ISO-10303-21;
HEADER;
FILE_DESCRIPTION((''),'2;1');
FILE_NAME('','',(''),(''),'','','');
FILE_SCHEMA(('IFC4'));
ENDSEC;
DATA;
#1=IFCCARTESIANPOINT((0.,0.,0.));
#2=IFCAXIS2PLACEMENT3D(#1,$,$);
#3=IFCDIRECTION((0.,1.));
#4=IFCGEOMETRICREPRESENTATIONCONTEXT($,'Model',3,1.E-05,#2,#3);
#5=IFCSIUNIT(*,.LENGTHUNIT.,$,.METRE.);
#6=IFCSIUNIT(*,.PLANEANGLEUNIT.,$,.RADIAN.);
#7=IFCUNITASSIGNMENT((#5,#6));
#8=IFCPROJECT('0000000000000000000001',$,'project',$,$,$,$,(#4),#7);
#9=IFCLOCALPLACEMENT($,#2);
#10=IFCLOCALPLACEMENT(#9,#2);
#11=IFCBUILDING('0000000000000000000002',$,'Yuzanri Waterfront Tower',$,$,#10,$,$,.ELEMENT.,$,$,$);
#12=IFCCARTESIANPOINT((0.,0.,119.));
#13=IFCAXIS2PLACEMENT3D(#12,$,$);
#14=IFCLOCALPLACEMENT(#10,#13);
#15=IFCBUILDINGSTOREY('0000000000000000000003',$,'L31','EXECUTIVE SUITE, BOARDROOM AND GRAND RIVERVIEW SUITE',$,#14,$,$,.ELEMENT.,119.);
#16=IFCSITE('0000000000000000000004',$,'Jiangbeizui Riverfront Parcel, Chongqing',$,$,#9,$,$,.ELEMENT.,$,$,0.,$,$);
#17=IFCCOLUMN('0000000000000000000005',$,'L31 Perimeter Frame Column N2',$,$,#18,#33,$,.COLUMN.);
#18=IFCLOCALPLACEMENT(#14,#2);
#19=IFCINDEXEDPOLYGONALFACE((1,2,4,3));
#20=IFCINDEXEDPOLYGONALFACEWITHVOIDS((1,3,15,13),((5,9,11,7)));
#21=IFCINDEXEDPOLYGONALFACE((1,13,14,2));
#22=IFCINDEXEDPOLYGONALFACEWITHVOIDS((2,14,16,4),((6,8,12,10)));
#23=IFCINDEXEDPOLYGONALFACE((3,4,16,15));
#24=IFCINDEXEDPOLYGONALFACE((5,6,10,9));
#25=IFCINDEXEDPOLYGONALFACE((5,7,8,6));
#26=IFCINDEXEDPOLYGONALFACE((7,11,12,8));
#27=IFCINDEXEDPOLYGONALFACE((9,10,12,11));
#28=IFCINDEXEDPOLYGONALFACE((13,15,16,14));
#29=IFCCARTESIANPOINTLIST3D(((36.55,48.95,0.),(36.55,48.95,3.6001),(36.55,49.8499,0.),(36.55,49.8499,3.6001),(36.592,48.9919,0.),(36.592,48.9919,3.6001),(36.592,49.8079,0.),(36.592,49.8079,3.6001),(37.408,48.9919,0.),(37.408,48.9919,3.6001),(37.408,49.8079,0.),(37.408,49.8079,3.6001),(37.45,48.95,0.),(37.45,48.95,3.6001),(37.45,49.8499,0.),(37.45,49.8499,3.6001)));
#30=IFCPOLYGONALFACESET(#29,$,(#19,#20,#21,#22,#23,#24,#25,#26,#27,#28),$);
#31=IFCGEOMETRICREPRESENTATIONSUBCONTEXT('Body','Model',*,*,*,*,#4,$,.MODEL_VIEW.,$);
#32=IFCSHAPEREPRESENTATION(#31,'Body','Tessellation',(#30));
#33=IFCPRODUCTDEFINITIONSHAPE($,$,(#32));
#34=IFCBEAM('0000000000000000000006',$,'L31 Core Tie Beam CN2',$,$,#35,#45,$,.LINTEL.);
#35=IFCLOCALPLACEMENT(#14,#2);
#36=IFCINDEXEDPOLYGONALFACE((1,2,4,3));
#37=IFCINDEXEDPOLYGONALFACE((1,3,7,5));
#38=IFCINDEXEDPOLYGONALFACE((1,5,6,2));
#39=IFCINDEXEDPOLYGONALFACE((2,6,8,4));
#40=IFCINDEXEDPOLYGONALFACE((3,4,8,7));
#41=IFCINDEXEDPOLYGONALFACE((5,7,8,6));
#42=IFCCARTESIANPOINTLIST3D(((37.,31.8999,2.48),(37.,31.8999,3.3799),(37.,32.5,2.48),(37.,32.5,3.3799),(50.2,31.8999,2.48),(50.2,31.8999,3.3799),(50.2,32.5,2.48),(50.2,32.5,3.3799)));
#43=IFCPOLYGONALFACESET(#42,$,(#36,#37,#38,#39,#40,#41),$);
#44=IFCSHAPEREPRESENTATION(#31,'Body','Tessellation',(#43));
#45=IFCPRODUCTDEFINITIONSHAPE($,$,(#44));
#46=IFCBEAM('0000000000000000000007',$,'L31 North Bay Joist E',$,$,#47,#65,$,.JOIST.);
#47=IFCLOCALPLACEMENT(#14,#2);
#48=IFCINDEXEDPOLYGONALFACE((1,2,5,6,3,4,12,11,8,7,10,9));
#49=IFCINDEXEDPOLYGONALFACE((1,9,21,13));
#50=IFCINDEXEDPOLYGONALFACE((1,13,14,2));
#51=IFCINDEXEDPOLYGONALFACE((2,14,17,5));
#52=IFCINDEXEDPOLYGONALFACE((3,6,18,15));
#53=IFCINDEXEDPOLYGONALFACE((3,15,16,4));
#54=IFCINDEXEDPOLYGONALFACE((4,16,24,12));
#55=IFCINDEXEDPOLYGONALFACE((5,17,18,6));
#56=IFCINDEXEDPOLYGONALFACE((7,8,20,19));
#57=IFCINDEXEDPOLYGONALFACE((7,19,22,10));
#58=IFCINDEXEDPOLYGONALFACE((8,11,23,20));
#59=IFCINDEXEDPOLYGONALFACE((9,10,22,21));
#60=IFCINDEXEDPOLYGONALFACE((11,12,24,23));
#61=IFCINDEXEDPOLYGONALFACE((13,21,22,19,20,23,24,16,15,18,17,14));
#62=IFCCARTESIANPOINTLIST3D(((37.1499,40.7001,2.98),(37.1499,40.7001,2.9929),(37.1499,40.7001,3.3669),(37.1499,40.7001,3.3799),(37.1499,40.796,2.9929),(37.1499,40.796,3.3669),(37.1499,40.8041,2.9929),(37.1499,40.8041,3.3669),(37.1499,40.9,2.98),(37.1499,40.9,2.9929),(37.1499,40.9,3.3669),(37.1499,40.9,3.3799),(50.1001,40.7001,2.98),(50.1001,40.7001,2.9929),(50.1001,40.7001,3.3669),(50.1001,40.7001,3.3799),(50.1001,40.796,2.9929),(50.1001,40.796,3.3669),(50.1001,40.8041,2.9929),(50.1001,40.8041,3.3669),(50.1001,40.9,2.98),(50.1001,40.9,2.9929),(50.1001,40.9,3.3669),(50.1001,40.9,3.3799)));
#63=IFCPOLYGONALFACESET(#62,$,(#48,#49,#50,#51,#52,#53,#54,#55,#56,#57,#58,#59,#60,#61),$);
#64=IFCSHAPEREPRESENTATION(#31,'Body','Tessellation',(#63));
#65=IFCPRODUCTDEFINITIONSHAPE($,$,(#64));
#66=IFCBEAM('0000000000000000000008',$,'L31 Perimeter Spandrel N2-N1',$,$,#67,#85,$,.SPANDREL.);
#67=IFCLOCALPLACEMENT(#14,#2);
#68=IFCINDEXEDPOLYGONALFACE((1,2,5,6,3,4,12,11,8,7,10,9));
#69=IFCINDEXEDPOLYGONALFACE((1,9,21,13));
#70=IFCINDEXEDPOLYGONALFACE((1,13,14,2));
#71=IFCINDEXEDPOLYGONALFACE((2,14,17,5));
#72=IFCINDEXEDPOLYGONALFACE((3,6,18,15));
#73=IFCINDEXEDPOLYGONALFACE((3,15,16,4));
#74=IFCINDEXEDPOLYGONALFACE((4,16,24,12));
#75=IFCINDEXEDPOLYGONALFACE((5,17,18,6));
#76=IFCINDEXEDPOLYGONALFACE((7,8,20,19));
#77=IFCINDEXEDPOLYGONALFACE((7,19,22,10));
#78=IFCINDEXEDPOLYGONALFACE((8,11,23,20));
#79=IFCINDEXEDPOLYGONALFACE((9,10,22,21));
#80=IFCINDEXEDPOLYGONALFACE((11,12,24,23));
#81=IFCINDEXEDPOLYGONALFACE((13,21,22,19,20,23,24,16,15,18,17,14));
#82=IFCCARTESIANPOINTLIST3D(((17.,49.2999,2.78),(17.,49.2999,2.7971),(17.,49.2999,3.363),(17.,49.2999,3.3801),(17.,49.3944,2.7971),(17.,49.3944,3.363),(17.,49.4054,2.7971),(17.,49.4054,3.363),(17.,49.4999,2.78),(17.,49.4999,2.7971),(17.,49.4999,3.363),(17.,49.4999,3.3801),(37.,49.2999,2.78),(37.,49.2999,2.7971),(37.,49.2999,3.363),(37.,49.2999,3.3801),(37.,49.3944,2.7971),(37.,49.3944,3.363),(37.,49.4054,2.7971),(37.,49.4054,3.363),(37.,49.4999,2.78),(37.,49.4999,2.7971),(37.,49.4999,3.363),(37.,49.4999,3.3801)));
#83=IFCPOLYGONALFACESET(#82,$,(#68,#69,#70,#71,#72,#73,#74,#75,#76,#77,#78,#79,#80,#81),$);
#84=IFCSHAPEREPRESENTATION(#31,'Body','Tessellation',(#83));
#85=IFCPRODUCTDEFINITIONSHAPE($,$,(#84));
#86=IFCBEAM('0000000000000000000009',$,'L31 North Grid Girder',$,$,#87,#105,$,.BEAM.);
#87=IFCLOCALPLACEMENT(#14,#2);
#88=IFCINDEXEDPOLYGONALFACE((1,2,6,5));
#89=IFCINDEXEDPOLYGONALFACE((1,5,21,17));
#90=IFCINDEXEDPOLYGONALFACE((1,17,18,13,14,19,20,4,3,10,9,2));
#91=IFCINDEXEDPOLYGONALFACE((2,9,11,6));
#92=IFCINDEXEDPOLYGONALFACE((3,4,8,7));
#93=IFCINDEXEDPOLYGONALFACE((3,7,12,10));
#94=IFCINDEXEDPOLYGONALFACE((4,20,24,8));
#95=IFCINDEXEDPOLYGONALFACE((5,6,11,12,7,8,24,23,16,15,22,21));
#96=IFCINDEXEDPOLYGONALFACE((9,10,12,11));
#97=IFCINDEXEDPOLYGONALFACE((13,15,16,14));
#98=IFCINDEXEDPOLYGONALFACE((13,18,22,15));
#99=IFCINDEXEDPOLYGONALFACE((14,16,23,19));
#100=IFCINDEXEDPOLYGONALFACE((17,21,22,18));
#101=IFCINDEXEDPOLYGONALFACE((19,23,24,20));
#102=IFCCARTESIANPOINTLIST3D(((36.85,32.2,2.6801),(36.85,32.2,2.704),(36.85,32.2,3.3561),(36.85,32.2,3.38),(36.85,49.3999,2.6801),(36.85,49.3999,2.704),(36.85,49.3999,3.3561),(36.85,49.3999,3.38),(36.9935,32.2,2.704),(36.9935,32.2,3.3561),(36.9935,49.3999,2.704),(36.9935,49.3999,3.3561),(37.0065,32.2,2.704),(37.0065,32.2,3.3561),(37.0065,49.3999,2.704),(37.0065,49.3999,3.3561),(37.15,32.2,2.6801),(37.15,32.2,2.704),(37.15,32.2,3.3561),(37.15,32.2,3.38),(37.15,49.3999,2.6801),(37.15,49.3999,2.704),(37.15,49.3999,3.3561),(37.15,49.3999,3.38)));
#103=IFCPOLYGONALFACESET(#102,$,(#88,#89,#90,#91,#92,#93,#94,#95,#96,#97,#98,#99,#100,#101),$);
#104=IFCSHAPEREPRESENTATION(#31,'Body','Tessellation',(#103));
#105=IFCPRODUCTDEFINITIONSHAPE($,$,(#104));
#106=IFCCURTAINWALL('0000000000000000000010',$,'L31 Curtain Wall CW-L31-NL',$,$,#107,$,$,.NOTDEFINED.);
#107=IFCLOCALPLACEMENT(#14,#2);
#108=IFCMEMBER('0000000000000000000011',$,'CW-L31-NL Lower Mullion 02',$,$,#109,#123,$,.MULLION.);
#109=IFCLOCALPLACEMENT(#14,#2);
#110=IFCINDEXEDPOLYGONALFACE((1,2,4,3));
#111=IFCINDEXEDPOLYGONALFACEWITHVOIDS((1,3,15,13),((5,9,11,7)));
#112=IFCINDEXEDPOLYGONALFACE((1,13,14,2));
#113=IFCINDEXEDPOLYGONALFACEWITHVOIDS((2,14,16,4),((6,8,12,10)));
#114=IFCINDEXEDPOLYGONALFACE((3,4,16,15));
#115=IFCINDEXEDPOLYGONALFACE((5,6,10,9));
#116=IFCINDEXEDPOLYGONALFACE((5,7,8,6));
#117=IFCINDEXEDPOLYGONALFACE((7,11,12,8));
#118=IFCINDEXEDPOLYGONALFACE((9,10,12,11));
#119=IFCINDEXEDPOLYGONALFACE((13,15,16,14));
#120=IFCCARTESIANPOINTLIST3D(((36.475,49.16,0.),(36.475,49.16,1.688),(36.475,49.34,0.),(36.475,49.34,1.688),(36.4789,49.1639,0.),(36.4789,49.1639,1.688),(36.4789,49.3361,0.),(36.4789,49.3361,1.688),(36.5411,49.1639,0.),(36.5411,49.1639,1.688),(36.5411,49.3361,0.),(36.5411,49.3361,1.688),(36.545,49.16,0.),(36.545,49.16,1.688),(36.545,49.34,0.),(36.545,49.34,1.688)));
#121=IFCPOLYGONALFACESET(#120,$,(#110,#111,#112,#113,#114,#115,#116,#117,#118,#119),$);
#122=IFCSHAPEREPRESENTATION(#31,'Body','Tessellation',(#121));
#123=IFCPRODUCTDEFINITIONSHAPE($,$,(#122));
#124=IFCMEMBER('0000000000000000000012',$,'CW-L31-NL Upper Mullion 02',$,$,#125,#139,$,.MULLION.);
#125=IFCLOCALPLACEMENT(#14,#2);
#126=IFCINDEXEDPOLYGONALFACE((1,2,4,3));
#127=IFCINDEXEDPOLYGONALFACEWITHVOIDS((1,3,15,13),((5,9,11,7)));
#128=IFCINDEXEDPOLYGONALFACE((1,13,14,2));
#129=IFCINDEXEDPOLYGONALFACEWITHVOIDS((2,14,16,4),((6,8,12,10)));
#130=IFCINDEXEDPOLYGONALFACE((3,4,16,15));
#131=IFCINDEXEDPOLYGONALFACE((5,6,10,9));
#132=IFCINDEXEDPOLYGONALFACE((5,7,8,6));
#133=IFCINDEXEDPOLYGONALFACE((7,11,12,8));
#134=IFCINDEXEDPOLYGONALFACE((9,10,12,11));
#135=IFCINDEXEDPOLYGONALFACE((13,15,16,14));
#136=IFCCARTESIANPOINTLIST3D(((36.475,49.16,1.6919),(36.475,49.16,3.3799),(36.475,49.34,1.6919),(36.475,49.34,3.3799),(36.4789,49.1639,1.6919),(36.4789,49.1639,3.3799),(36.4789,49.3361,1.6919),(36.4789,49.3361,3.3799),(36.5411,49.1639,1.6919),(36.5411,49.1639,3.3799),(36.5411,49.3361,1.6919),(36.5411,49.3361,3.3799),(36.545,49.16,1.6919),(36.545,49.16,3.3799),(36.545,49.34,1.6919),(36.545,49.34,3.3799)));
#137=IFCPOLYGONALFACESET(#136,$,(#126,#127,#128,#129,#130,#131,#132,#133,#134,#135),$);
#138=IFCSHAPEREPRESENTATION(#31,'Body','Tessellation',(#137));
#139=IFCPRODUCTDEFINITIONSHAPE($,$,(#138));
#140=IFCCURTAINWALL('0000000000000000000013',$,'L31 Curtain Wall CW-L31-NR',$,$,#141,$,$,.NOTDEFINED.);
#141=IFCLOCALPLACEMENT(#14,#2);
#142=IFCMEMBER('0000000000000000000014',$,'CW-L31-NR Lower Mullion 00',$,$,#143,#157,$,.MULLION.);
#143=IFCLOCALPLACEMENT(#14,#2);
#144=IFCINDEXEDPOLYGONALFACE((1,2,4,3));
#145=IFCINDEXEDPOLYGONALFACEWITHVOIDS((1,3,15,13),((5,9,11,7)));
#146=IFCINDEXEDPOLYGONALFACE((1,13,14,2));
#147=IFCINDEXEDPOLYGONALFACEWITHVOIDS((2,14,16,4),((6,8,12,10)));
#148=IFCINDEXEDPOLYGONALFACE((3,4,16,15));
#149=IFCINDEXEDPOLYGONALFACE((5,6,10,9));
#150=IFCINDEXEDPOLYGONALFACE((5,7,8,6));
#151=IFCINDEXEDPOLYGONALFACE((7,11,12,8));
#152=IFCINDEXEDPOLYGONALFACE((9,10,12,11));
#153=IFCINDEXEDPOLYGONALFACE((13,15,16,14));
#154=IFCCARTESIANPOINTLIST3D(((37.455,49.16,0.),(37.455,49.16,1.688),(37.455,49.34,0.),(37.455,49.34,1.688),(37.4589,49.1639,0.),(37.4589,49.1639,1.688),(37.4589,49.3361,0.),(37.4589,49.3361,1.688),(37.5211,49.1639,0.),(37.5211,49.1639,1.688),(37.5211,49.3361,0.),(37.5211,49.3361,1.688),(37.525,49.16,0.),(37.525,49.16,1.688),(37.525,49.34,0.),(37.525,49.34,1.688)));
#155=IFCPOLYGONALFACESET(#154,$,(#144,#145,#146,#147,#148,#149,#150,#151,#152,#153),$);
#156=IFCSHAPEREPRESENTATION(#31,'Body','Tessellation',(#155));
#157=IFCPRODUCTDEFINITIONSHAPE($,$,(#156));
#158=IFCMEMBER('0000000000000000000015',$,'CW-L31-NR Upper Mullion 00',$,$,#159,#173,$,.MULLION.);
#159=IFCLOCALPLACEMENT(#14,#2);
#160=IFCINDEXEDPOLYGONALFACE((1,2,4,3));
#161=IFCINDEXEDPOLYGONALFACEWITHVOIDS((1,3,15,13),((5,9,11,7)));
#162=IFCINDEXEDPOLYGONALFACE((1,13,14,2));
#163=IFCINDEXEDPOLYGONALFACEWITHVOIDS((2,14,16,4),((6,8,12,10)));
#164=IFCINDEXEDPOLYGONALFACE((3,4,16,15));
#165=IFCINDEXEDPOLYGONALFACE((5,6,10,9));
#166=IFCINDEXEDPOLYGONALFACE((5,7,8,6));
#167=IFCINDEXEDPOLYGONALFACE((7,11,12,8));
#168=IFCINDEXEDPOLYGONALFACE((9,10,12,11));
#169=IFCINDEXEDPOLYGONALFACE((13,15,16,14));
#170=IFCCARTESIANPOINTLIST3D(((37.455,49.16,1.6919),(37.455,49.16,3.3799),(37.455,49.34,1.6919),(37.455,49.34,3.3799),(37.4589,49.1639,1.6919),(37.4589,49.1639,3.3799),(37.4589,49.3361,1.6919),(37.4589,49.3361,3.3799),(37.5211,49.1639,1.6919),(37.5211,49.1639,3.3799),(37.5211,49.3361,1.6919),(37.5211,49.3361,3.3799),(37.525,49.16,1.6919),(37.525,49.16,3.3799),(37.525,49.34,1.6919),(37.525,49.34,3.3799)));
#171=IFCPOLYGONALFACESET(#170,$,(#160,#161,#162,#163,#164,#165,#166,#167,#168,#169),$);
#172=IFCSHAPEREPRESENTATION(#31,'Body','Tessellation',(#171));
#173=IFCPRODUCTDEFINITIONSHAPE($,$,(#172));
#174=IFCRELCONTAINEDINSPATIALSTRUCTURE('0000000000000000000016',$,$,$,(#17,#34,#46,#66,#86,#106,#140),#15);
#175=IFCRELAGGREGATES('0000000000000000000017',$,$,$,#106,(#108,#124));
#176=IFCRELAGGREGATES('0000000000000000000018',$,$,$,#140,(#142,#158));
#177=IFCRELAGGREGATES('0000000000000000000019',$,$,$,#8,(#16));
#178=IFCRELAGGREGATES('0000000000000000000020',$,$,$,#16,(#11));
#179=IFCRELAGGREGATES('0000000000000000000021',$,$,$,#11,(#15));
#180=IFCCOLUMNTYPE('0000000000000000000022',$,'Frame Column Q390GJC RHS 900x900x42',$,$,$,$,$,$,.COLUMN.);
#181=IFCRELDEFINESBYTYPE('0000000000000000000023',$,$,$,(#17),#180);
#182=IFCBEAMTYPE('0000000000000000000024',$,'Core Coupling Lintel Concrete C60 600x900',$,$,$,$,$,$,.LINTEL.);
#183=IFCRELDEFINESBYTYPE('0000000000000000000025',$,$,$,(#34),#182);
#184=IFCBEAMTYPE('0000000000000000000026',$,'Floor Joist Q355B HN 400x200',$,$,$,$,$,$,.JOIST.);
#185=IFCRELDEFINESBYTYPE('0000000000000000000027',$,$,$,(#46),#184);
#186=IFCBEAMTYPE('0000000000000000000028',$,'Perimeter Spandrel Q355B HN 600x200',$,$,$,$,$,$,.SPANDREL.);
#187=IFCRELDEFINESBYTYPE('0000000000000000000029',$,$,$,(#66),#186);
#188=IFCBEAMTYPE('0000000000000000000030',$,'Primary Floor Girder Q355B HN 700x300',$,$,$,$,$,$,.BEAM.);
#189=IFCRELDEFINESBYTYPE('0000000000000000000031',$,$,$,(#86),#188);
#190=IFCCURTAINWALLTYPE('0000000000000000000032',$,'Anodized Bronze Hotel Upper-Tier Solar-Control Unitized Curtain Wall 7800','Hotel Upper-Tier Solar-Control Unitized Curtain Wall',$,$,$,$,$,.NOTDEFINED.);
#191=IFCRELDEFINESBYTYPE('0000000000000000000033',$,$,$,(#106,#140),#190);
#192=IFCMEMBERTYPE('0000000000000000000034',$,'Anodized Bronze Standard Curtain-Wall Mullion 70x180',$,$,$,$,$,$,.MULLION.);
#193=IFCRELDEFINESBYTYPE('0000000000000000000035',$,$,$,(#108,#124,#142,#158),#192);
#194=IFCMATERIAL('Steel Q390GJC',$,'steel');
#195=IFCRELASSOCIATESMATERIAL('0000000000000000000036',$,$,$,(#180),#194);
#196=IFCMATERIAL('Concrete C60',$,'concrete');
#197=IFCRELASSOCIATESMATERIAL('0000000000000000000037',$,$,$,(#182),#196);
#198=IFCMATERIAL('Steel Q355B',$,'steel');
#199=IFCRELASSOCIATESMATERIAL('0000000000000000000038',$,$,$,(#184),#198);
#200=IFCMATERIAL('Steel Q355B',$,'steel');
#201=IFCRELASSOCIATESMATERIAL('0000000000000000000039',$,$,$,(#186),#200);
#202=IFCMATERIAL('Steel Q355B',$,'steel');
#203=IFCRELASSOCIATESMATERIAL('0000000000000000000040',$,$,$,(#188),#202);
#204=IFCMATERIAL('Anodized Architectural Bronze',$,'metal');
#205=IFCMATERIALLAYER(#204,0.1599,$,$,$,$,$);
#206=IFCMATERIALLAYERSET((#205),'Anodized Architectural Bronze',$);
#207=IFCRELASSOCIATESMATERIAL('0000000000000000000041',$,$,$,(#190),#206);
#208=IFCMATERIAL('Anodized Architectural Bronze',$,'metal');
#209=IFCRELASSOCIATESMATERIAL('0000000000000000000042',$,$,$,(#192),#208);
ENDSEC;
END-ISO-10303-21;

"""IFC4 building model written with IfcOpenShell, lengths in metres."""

from ifc_helpers import new_model, si_unit, direction, frame, origin, origin_2d, place, context, subcontext, project, spatial, rectangle, hollow_rectangle, i_section, extrude, source, transform, mapped, material, layer, layer_set, material_profile, profile_set, type_object, element, aggregate, save


model = new_model("IFC4")

# Units and contexts
model_context = context("Model", 3, precision=1e-05, world=origin(), true_north=direction((0.0, 1.0)))
body_context = subcontext(model_context, "Body", "Model", "MODEL_VIEW")
ifc_project = project(units=[si_unit("LENGTHUNIT", "METRE"), si_unit("PLANEANGLEUNIT", "RADIAN")], contexts=[model_context])

# Site, building, storey
site_placement = place(None, origin())
site = spatial("IfcSite", under=ifc_project, at=site_placement, Name="Jiangbeizui Riverfront Parcel, Chongqing", CompositionType="ELEMENT", RefElevation=0.0)
building_placement = place(site_placement, origin())
building = spatial("IfcBuilding", under=site, at=building_placement, Name="Yuzanri Waterfront Tower", CompositionType="ELEMENT")
storey_placement = place(building_placement, frame((0.0, 0.0, 119.0)))
storey = spatial("IfcBuildingStorey", under=building, at=storey_placement, Name="L31", Description="EXECUTIVE SUITE, BOARDROOM AND GRAND RIVERVIEW SUITE", CompositionType="ELEMENT", Elevation=119.0)

# Column
ifc_material_1 = material(Name="Steel Q390GJC", Category="steel")
ifc_material_profile_1 = material_profile(ifc_material_1, hollow_rectangle(XDim=0.8999, YDim=0.8999, WallThickness=0.042, at=origin_2d()), Name="RHS 900x900x42")
ifc_profile_set_1 = profile_set([ifc_material_profile_1], Name="Steel Q390GJC")
column_type = type_object("IfcColumnType", Name="Frame Column Q390GJC RHS 900x900x42", PredefinedType="COLUMN", material=ifc_profile_set_1)
shared_shape_1 = source(origin(), body_context, "Body", "SweptSolid", [
    extrude(hollow_rectangle(XDim=0.8999, YDim=0.8999, WallThickness=0.042, at=origin_2d()), origin(), (0.0, 0.0, 1.0), 3.6001),
])
column_placement = place(storey_placement, frame((37.0, 49.3999, 0.0), z_axis=(0.0, 0.0, 1.0), x_axis=(1.0, 0.0, 0.0)))
element("IfcColumn", 1, at=column_placement, inside=storey, type_object=column_type, Name="L31 Perimeter Frame Column N2", PredefinedType="COLUMN", context=body_context, shape_type="MappedRepresentation", body=[
    mapped(shared_shape_1, transform((0.0, 0.0, 0.0), scale=1.0)),
])

# Beams
ifc_material_2 = material(Name="Concrete C60", Category="concrete")
ifc_material_profile_2 = material_profile(ifc_material_2, rectangle(XDim=0.6001, YDim=0.8999, at=origin_2d()), Name="RC 600x900")
ifc_profile_set_2 = profile_set([ifc_material_profile_2], Name="Concrete C60")
beam_type_1 = type_object("IfcBeamType", Name="Core Coupling Lintel Concrete C60 600x900", PredefinedType="LINTEL", material=ifc_profile_set_2)
shared_shape_2 = source(origin(), body_context, "Body", "SweptSolid", [
    extrude(rectangle(XDim=0.6001, YDim=0.8999, at=origin_2d()), origin(), (0.0, 0.0, 1.0), 13.2),
])
beam_1_placement = place(storey_placement, frame((37.0, 32.2, 2.9299), z_axis=(1.0, 0.0, 0.0), x_axis=(0.0, 1.0, 0.0)))
element("IfcBeam", 2, at=beam_1_placement, inside=storey, type_object=beam_type_1, Name="L31 Core Tie Beam CN2", PredefinedType="LINTEL", context=body_context, shape_type="MappedRepresentation", body=[
    mapped(shared_shape_2, transform((0.0, 0.0, 0.0), scale=1.0)),
])
ifc_material_3 = material(Name="Steel Q355B", Category="steel")
ifc_material_profile_3 = material_profile(ifc_material_3, i_section(OverallWidth=0.2, OverallDepth=0.3999, WebThickness=0.0081, FlangeThickness=0.0129, at=origin_2d()), Name="HN 400x200x8x13")
ifc_profile_set_3 = profile_set([ifc_material_profile_3], Name="Steel Q355B")
beam_type_2 = type_object("IfcBeamType", Name="Floor Joist Q355B HN 400x200", PredefinedType="JOIST", material=ifc_profile_set_3)
shared_shape_3 = source(origin(), body_context, "Body", "SweptSolid", [
    extrude(i_section(OverallWidth=0.2, OverallDepth=0.3999, WebThickness=0.0081, FlangeThickness=0.0129, at=origin_2d()), origin(), (0.0, 0.0, 1.0), 12.9502),
])
beam_2_placement = place(storey_placement, frame((37.1499, 40.8, 3.1799), z_axis=(1.0, 0.0, 0.0), x_axis=(0.0, 1.0, 0.0)))
element("IfcBeam", 3, at=beam_2_placement, inside=storey, type_object=beam_type_2, Name="L31 North Bay Joist E", PredefinedType="JOIST", context=body_context, shape_type="MappedRepresentation", body=[
    mapped(shared_shape_3, transform((0.0, 0.0, 0.0), scale=1.0)),
])
ifc_material_4 = material(Name="Steel Q355B", Category="steel")
ifc_material_profile_4 = material_profile(ifc_material_4, i_section(OverallWidth=0.2, OverallDepth=0.6001, WebThickness=0.011, FlangeThickness=0.0171, at=origin_2d()), Name="HN 600x200x11x17")
ifc_profile_set_4 = profile_set([ifc_material_profile_4], Name="Steel Q355B")
beam_type_3 = type_object("IfcBeamType", Name="Perimeter Spandrel Q355B HN 600x200", PredefinedType="SPANDREL", material=ifc_profile_set_4)
shared_shape_4 = source(origin(), body_context, "Body", "SweptSolid", [
    extrude(i_section(OverallWidth=0.2, OverallDepth=0.6001, WebThickness=0.011, FlangeThickness=0.0171, at=origin_2d()), origin(), (0.0, 0.0, 1.0), 20.0),
])
beam_3_placement = place(storey_placement, frame((37.0, 49.3999, 3.0801), z_axis=(-1.0, 0.0, 0.0), x_axis=(0.0, -1.0, 0.0)))
element("IfcBeam", 4, at=beam_3_placement, inside=storey, type_object=beam_type_3, Name="L31 Perimeter Spandrel N2-N1", PredefinedType="SPANDREL", context=body_context, shape_type="MappedRepresentation", body=[
    mapped(shared_shape_4, transform((0.0, 0.0, 0.0), scale=1.0)),
])
ifc_material_5 = material(Name="Steel Q355B", Category="steel")
ifc_material_profile_5 = material_profile(ifc_material_5, i_section(OverallWidth=0.3, OverallDepth=0.7, WebThickness=0.0129, FlangeThickness=0.0239, at=origin_2d()), Name="HN 700x300x13x24")
ifc_profile_set_5 = profile_set([ifc_material_profile_5], Name="Steel Q355B")
beam_type_4 = type_object("IfcBeamType", Name="Primary Floor Girder Q355B HN 700x300", PredefinedType="BEAM", material=ifc_profile_set_5)
shared_shape_5 = source(origin(), body_context, "Body", "SweptSolid", [
    extrude(i_section(OverallWidth=0.3, OverallDepth=0.7, WebThickness=0.0129, FlangeThickness=0.0239, at=origin_2d()), origin(), (0.0, 0.0, 1.0), 17.2),
])
beam_4_placement = place(storey_placement, frame((37.0, 32.2, 3.03), z_axis=(0.0, 1.0, 0.0), x_axis=(-1.0, 0.0, 0.0)))
element("IfcBeam", 5, at=beam_4_placement, inside=storey, type_object=beam_type_4, Name="L31 North Grid Girder", PredefinedType="BEAM", context=body_context, shape_type="MappedRepresentation", body=[
    mapped(shared_shape_5, transform((0.0, 0.0, 0.0), scale=1.0)),
])

# Curtain wall, members
ifc_material_6 = material(Name="Anodized Architectural Bronze", Category="metal")
ifc_layer_1 = layer(ifc_material_6, 0.1599)
ifc_layer_set_1 = layer_set([ifc_layer_1], Name="Anodized Architectural Bronze")
curtain_wall_type = type_object("IfcCurtainWallType", Name="Anodized Bronze Hotel Upper-Tier Solar-Control Unitized Curtain Wall 7800", Description="Hotel Upper-Tier Solar-Control Unitized Curtain Wall", PredefinedType="NOTDEFINED", material=ifc_layer_set_1)
curtain_wall_1_placement = place(storey_placement, origin())
curtain_wall_1 = element("IfcCurtainWall", 6, at=curtain_wall_1_placement, inside=storey, type_object=curtain_wall_type, Name="L31 Curtain Wall CW-L31-NL", PredefinedType="NOTDEFINED")
ifc_material_7 = material(Name="Anodized Architectural Bronze", Category="metal")
ifc_material_profile_6 = material_profile(ifc_material_7, hollow_rectangle(XDim=0.0701, YDim=0.1799, WallThickness=0.0039, at=origin_2d()), Name="CWM 70x180")
ifc_profile_set_6 = profile_set([ifc_material_profile_6], Name="Anodized Architectural Bronze")
member_type_1 = type_object("IfcMemberType", Name="Anodized Bronze Standard Curtain-Wall Mullion 70x180", PredefinedType="MULLION", material=ifc_profile_set_6)
shared_shape_6 = source(origin(), body_context, "Body", "SweptSolid", [
    extrude(hollow_rectangle(XDim=0.0701, YDim=0.1799, WallThickness=0.0039, at=origin_2d()), origin(), (0.0, 0.0, 1.0), 1.688),
])
member_1_placement = place(storey_placement, frame((36.51, 49.25, 0.0), z_axis=(0.0, 0.0, 1.0), x_axis=(1.0, 0.0, 0.0)))
member_1 = element("IfcMember", 7, at=member_1_placement, type_object=member_type_1, Name="CW-L31-NL Lower Mullion 02", PredefinedType="MULLION", context=body_context, shape_type="MappedRepresentation", body=[
    mapped(shared_shape_6, transform((0.0, 0.0, 0.0), scale=1.0)),
])
member_2_placement = place(storey_placement, frame((36.51, 49.25, 1.6919), z_axis=(0.0, 0.0, 1.0), x_axis=(1.0, 0.0, 0.0)))
member_2 = element("IfcMember", 8, at=member_2_placement, type_object=member_type_1, Name="CW-L31-NL Upper Mullion 02", PredefinedType="MULLION", context=body_context, shape_type="MappedRepresentation", body=[
    mapped(shared_shape_6, transform((0.0, 0.0, 0.0), scale=1.0)),
])
aggregate(curtain_wall_1, [member_1, member_2])

# Curtain wall, members
curtain_wall_2_placement = place(storey_placement, origin())
curtain_wall_2 = element("IfcCurtainWall", 9, at=curtain_wall_2_placement, inside=storey, type_object=curtain_wall_type, Name="L31 Curtain Wall CW-L31-NR", PredefinedType="NOTDEFINED")
member_3_placement = place(storey_placement, frame((37.49, 49.25, 0.0), z_axis=(0.0, 0.0, 1.0), x_axis=(1.0, 0.0, 0.0)))
member_3 = element("IfcMember", 10, at=member_3_placement, type_object=member_type_1, Name="CW-L31-NR Lower Mullion 00", PredefinedType="MULLION", context=body_context, shape_type="MappedRepresentation", body=[
    mapped(shared_shape_6, transform((0.0, 0.0, 0.0), scale=1.0)),
])
member_4_placement = place(storey_placement, frame((37.49, 49.25, 1.6919), z_axis=(0.0, 0.0, 1.0), x_axis=(1.0, 0.0, 0.0)))
member_4 = element("IfcMember", 11, at=member_4_placement, type_object=member_type_1, Name="CW-L31-NR Upper Mullion 00", PredefinedType="MULLION", context=body_context, shape_type="MappedRepresentation", body=[
    mapped(shared_shape_6, transform((0.0, 0.0, 0.0), scale=1.0)),
])
aggregate(curtain_wall_2, [member_3, member_4])

save(model, "model.ifc")
